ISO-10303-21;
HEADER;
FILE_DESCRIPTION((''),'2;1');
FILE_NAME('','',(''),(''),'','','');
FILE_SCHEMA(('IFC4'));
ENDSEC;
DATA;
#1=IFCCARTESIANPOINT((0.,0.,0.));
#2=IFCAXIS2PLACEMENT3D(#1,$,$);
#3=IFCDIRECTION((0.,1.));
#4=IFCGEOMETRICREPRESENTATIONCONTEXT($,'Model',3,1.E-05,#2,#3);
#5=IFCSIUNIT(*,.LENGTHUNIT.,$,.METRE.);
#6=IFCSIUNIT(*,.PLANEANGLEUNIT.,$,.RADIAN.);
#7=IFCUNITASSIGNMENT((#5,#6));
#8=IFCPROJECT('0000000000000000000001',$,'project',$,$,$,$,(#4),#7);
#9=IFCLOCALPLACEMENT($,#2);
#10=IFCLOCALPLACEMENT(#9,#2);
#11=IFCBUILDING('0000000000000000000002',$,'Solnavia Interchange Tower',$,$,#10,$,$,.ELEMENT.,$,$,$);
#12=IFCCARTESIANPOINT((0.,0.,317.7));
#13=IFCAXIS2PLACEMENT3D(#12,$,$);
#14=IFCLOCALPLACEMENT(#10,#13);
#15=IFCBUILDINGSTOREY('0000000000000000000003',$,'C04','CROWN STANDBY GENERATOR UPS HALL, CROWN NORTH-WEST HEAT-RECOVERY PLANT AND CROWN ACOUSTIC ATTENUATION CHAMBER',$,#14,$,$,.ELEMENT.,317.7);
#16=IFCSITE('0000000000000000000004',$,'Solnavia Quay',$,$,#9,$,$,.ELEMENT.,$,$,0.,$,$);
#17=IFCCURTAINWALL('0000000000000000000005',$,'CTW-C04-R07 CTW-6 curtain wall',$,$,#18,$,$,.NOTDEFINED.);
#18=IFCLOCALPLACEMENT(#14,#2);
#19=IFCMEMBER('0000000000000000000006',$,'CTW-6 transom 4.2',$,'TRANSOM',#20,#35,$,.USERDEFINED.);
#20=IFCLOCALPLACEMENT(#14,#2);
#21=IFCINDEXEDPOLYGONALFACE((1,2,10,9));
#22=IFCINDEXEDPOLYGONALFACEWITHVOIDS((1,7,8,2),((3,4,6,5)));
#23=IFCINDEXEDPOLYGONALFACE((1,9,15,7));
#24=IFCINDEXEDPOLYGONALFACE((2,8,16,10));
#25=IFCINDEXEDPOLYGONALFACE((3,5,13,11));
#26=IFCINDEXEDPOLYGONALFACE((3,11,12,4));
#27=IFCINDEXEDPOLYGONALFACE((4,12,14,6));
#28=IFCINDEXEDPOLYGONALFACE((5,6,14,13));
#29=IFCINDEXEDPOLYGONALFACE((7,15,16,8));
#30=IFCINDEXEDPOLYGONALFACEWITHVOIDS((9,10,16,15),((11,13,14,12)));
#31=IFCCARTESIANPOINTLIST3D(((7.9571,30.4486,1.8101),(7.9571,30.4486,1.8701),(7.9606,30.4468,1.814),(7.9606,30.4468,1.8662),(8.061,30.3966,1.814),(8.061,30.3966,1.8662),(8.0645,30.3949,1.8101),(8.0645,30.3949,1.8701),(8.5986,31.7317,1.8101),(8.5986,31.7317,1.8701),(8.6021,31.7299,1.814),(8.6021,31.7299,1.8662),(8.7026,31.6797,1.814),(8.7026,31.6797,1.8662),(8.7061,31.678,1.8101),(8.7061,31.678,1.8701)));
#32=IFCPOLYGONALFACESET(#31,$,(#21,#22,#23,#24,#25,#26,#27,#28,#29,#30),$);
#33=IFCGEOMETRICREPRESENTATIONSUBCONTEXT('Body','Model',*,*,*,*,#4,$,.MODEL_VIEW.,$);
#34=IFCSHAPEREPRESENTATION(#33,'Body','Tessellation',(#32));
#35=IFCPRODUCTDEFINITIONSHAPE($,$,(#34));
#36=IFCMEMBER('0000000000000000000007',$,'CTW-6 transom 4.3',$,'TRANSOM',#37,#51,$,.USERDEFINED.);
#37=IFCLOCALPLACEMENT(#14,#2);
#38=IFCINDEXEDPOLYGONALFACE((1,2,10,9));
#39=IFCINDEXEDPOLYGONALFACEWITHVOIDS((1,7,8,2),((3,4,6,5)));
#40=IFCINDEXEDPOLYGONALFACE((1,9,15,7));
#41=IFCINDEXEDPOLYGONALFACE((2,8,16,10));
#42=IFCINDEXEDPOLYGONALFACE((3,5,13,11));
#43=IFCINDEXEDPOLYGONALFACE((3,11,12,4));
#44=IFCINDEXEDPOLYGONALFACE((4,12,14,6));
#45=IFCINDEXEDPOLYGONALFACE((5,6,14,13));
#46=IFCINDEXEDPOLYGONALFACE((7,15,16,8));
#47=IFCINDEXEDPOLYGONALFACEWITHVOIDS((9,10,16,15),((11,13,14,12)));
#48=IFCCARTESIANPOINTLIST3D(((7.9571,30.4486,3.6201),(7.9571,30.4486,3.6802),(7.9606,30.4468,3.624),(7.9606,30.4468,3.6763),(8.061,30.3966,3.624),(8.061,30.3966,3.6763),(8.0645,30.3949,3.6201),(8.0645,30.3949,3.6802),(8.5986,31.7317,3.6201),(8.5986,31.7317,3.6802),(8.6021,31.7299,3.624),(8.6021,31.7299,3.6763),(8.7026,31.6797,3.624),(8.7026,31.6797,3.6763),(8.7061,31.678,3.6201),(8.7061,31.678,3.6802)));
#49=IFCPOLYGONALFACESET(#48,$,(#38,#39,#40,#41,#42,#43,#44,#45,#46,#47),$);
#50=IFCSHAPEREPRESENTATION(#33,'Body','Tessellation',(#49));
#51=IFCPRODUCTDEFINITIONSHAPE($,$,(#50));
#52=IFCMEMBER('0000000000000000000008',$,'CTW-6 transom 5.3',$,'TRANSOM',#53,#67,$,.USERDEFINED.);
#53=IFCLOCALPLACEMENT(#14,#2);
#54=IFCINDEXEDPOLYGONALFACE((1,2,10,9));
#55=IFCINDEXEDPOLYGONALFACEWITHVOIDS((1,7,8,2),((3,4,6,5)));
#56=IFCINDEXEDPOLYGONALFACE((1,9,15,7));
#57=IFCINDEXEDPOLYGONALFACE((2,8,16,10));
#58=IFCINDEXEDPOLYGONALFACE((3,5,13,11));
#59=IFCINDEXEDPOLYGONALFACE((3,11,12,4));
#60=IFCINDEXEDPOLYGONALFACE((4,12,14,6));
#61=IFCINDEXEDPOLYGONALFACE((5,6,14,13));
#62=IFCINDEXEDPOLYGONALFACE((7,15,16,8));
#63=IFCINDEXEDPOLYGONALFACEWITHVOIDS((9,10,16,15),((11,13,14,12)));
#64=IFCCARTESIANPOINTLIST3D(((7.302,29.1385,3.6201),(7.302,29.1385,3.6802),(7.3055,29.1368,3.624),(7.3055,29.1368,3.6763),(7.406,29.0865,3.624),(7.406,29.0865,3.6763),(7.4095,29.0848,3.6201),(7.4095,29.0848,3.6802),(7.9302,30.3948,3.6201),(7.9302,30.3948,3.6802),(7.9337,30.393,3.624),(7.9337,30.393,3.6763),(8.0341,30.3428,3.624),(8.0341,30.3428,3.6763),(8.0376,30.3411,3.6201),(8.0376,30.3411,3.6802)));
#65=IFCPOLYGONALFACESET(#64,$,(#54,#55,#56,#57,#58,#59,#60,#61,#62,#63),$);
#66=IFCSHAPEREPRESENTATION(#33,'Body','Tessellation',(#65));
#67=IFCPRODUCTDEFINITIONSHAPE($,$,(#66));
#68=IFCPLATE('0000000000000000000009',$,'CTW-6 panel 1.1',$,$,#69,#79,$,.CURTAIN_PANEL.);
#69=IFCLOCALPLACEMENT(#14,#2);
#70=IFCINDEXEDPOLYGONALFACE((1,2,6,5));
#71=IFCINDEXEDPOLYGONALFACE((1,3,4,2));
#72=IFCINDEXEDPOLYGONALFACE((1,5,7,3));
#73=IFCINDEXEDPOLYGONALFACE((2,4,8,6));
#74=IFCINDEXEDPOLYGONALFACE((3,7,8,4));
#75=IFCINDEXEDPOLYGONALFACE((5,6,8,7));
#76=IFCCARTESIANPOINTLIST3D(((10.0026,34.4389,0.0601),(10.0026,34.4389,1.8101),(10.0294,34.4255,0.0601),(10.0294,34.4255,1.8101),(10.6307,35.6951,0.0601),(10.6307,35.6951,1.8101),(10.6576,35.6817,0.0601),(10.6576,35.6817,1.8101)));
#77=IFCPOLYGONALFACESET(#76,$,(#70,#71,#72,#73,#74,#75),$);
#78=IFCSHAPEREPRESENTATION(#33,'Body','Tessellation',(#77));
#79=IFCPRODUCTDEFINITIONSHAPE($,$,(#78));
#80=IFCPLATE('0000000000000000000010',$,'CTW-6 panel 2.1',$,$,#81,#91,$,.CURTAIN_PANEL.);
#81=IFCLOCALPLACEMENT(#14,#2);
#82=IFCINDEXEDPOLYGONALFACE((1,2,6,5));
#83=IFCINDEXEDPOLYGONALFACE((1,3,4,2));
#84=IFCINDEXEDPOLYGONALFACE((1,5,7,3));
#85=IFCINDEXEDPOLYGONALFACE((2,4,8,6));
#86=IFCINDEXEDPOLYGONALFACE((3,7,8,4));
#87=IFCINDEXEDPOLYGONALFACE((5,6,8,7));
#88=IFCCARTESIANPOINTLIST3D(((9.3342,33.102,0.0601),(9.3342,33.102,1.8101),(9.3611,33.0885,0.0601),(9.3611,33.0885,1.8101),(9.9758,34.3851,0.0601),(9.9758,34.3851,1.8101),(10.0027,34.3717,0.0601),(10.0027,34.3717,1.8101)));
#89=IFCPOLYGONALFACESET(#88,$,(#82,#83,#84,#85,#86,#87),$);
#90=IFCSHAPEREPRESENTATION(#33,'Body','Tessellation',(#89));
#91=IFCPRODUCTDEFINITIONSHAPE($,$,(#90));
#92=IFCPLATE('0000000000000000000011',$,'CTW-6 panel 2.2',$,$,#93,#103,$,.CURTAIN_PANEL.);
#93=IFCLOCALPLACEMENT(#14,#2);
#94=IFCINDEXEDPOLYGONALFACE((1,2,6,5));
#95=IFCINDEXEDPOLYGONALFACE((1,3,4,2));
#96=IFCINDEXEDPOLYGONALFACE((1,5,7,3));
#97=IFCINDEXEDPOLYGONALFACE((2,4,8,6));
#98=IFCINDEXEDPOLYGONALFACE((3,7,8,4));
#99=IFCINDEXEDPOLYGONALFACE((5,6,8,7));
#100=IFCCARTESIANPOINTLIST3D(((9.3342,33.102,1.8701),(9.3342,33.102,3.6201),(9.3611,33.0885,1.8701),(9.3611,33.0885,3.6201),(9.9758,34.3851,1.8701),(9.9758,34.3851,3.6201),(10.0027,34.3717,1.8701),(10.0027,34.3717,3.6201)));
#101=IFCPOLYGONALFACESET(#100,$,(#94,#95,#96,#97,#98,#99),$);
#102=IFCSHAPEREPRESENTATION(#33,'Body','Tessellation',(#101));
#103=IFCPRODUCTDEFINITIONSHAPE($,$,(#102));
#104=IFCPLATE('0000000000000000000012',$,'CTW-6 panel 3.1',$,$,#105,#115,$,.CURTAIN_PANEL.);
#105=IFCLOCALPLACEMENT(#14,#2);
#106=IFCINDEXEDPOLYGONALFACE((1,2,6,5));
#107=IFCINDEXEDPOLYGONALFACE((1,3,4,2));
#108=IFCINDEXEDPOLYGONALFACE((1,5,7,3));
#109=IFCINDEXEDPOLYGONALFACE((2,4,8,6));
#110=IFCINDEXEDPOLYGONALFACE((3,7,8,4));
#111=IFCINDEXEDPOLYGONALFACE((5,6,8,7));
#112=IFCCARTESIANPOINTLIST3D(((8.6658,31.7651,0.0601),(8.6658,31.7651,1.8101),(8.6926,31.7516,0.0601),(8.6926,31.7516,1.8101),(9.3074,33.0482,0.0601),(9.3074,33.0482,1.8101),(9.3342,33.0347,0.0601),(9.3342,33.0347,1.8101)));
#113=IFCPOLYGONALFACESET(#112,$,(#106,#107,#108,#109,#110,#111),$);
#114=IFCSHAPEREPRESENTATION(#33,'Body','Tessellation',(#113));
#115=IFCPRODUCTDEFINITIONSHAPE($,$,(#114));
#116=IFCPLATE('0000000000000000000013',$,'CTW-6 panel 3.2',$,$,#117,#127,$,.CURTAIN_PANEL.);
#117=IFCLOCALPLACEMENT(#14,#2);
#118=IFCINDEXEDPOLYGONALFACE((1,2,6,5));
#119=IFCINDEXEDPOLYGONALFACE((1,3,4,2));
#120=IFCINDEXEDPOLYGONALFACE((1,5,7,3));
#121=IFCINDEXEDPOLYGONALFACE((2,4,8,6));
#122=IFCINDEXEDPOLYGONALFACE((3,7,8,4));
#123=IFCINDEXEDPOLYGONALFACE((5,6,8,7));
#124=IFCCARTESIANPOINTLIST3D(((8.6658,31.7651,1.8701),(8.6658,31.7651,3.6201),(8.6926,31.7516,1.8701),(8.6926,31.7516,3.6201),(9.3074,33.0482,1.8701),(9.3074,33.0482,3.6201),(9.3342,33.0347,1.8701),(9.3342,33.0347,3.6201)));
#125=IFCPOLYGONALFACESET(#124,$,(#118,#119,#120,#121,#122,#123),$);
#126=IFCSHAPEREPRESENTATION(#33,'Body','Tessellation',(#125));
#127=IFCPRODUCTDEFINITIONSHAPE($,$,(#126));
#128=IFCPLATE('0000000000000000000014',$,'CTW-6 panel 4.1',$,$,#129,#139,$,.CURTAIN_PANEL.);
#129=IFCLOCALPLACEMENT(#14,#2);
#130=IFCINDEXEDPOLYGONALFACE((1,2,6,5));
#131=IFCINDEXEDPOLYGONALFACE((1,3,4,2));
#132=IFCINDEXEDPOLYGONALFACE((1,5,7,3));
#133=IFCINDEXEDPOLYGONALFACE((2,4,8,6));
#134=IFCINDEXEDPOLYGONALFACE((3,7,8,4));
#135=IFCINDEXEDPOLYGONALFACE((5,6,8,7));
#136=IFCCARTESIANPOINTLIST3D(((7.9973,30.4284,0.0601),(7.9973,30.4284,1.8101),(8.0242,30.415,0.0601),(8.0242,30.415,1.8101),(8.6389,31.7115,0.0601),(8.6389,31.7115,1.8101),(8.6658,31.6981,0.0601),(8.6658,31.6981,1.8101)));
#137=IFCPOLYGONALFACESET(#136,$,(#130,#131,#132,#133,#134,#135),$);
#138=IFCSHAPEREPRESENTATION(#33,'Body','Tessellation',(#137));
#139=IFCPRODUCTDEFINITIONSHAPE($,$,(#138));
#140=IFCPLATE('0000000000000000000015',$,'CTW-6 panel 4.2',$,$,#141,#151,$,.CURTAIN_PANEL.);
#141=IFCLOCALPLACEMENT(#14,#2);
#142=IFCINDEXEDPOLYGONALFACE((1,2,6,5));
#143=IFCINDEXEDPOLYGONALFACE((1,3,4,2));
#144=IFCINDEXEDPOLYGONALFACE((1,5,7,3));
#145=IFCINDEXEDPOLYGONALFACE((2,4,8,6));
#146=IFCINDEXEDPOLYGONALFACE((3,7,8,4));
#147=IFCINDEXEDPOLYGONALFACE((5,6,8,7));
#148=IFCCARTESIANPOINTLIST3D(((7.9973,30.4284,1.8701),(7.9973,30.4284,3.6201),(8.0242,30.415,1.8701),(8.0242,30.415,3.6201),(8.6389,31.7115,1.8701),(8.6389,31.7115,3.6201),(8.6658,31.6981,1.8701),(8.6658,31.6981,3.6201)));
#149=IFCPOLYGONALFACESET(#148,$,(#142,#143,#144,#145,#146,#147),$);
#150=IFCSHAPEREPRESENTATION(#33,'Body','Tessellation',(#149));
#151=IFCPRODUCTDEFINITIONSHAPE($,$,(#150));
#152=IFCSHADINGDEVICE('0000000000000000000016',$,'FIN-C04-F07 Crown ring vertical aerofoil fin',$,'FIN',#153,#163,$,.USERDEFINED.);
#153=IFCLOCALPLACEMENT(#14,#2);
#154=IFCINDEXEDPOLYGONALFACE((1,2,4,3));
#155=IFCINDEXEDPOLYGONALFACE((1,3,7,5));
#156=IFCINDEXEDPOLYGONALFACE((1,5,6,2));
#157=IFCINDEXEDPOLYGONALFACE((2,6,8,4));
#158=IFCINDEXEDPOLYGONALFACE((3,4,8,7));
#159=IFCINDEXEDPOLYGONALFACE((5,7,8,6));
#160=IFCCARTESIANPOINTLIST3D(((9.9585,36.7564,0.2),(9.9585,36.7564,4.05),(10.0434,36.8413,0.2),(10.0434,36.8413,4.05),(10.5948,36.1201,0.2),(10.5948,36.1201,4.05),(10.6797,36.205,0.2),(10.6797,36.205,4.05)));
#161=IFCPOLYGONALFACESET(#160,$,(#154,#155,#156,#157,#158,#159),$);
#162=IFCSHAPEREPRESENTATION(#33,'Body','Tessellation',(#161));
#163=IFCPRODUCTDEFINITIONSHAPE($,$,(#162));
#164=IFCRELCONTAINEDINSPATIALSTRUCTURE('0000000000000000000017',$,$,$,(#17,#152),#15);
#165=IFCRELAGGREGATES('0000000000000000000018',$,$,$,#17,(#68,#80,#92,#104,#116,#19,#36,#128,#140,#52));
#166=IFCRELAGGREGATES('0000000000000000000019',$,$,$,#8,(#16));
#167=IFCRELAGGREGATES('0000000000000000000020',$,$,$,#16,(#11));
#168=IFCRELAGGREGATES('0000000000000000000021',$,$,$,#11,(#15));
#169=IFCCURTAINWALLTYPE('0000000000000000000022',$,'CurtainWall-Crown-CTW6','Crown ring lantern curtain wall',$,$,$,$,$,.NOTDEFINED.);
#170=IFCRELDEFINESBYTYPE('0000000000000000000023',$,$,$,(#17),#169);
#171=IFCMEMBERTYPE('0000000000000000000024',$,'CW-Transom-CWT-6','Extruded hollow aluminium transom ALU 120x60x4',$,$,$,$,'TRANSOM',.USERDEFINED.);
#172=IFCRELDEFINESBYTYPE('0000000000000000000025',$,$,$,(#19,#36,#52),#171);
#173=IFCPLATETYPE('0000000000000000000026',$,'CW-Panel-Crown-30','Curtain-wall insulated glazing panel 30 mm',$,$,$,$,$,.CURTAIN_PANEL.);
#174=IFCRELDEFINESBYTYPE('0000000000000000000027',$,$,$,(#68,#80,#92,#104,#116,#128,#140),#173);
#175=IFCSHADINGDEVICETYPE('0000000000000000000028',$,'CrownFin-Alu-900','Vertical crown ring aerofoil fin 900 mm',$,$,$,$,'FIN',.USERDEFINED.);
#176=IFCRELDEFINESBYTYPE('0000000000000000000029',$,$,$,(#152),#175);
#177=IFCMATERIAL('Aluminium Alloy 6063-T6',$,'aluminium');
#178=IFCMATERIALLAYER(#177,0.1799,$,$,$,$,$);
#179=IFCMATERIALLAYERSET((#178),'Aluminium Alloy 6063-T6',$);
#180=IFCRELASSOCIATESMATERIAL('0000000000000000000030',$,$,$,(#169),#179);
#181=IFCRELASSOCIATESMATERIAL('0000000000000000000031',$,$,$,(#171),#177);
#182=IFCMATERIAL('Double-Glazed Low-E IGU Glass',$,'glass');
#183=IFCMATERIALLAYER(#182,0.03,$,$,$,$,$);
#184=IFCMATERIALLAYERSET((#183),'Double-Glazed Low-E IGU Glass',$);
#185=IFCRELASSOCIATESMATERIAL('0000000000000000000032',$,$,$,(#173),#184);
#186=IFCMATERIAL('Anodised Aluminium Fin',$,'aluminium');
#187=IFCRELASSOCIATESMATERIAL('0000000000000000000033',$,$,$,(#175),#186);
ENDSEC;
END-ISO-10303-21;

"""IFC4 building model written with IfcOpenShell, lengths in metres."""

from ifc_helpers import new_model, si_unit, direction, frame, origin, origin_2d, place, context, subcontext, project, spatial, rectangle, hollow_rectangle, extrude, material, layer, layer_set, material_profile, profile_set, type_object, element, aggregate, save


model = new_model("IFC4")

# Units and contexts
model_context = context("Model", 3, precision=1e-05, world=origin(), true_north=direction((0.0, 1.0)))
body_context = subcontext(model_context, "Body", "Model", "MODEL_VIEW")
ifc_project = project(units=[si_unit("LENGTHUNIT", "METRE"), si_unit("PLANEANGLEUNIT", "RADIAN")], contexts=[model_context])

# Site, building, storey
site_placement = place(None, origin())
site = spatial("IfcSite", under=ifc_project, at=site_placement, Name="Solnavia Quay", CompositionType="ELEMENT", RefElevation=0.0)
building_placement = place(site_placement, origin())
building = spatial("IfcBuilding", under=site, at=building_placement, Name="Solnavia Interchange Tower", CompositionType="ELEMENT")
storey_placement = place(building_placement, frame((0.0, 0.0, 317.7)))
storey = spatial("IfcBuildingStorey", under=building, at=storey_placement, Name="C04", Description="CROWN STANDBY GENERATOR UPS HALL, CROWN NORTH-WEST HEAT-RECOVERY PLANT AND CROWN ACOUSTIC ATTENUATION CHAMBER", CompositionType="ELEMENT", Elevation=317.7)

# Curtain wall, members, plates
ifc_material_1 = material(Name="Aluminium Alloy 6063-T6", Category="aluminium")
ifc_layer_1 = layer(ifc_material_1, 0.1799)
ifc_layer_set_1 = layer_set([ifc_layer_1], Name="Aluminium Alloy 6063-T6")
curtain_wall_type = type_object("IfcCurtainWallType", Name="CurtainWall-Crown-CTW6", Description="Crown ring lantern curtain wall", PredefinedType="NOTDEFINED", material=ifc_layer_set_1)
curtain_wall_placement = place(storey_placement, origin())
curtain_wall = element("IfcCurtainWall", 1, at=curtain_wall_placement, inside=storey, type_object=curtain_wall_type, Name="CTW-C04-R07 CTW-6 curtain wall", PredefinedType="NOTDEFINED")
ifc_material_profile_1 = material_profile(ifc_material_1, hollow_rectangle(XDim=0.0601, YDim=0.1201, WallThickness=0.0039, at=origin_2d()), Name="ALU 120x60x4")
ifc_profile_set_1 = profile_set([ifc_material_profile_1], Name="Aluminium Alloy 6063-T6")
member_type_1 = type_object("IfcMemberType", Name="CW-Transom-CWT-6", Description="Extruded hollow aluminium transom ALU 120x60x4", ElementType="TRANSOM", PredefinedType="USERDEFINED", material=ifc_profile_set_1)
member_1_placement = place(storey_placement, frame((8.6523, 31.7048, 1.8401), z_axis=(-0.447214, -0.894427, 0.0), x_axis=(0.0, 0.0, 1.0)))
member_1 = element("IfcMember", 2, at=member_1_placement, type_object=member_type_1, Name="CTW-6 transom 4.2", ObjectType="TRANSOM", PredefinedType="USERDEFINED", context=body_context, shape_type="SweptSolid", body=[
    extrude(hollow_rectangle(XDim=0.0601, YDim=0.1201, WallThickness=0.0039, at=origin_2d()), origin(), (0.0, 0.0, 1.0), 1.4346),
])
member_2_placement = place(storey_placement, frame((8.6523, 31.7048, 3.6501), z_axis=(-0.447214, -0.894427, 0.0), x_axis=(0.0, 0.0, 1.0)))
member_2 = element("IfcMember", 3, at=member_2_placement, type_object=member_type_1, Name="CTW-6 transom 4.3", ObjectType="TRANSOM", PredefinedType="USERDEFINED", context=body_context, shape_type="SweptSolid", body=[
    extrude(hollow_rectangle(XDim=0.0601, YDim=0.1201, WallThickness=0.0039, at=origin_2d()), origin(), (0.0, 0.0, 1.0), 1.4346),
])
member_3_placement = place(storey_placement, frame((7.9839, 30.3679, 3.6501), z_axis=(-0.447214, -0.894427, 0.0), x_axis=(0.0, 0.0, 1.0)))
member_3 = element("IfcMember", 4, at=member_3_placement, type_object=member_type_1, Name="CTW-6 transom 5.3", ObjectType="TRANSOM", PredefinedType="USERDEFINED", context=body_context, shape_type="SweptSolid", body=[
    extrude(hollow_rectangle(XDim=0.0601, YDim=0.1201, WallThickness=0.0039, at=origin_2d()), origin(), (0.0, 0.0, 1.0), 1.4045),
])
ifc_material_2 = material(Name="Double-Glazed Low-E IGU Glass", Category="glass")
ifc_layer_2 = layer(ifc_material_2, 0.03)
ifc_layer_set_2 = layer_set([ifc_layer_2], Name="Double-Glazed Low-E IGU Glass")
plate_type = type_object("IfcPlateType", Name="CW-Panel-Crown-30", Description="Curtain-wall insulated glazing panel 30 mm", PredefinedType="CURTAIN_PANEL", material=ifc_layer_set_2)
plate_1_placement = place(storey_placement, frame((10.3301, 35.0603, 0.0601), z_axis=(0.0, 0.0, 1.0), x_axis=(-0.447214, -0.894427, 0.0)))
plate_1 = element("IfcPlate", 5, at=plate_1_placement, type_object=plate_type, Name="CTW-6 panel 1.1", PredefinedType="CURTAIN_PANEL", context=body_context, shape_type="SweptSolid", body=[
    extrude(rectangle(XDim=1.4045, YDim=0.03, at=origin_2d()), origin(), (0.0, 0.0, 1.0), 1.75),
])
plate_2_placement = place(storey_placement, frame((9.6685, 33.7368, 0.0601), z_axis=(0.0, 0.0, 1.0), x_axis=(-0.447214, -0.894427, 0.0)))
plate_2 = element("IfcPlate", 6, at=plate_2_placement, type_object=plate_type, Name="CTW-6 panel 2.1", PredefinedType="CURTAIN_PANEL", context=body_context, shape_type="SweptSolid", body=[
    extrude(rectangle(XDim=1.4346, YDim=0.03, at=origin_2d()), origin(), (0.0, 0.0, 1.0), 1.75),
])
plate_3_placement = place(storey_placement, frame((9.6685, 33.7368, 1.8701), z_axis=(0.0, 0.0, 1.0), x_axis=(-0.447214, -0.894427, 0.0)))
plate_3 = element("IfcPlate", 7, at=plate_3_placement, type_object=plate_type, Name="CTW-6 panel 2.2", PredefinedType="CURTAIN_PANEL", context=body_context, shape_type="SweptSolid", body=[
    extrude(rectangle(XDim=1.4346, YDim=0.03, at=origin_2d()), origin(), (0.0, 0.0, 1.0), 1.75),
])
plate_4_placement = place(storey_placement, frame((9.0, 32.3999, 0.0601), z_axis=(0.0, 0.0, 1.0), x_axis=(-0.447214, -0.894427, 0.0)))
plate_4 = element("IfcPlate", 8, at=plate_4_placement, type_object=plate_type, Name="CTW-6 panel 3.1", PredefinedType="CURTAIN_PANEL", context=body_context, shape_type="SweptSolid", body=[
    extrude(rectangle(XDim=1.4346, YDim=0.03, at=origin_2d()), origin(), (0.0, 0.0, 1.0), 1.75),
])
plate_5_placement = place(storey_placement, frame((9.0, 32.3999, 1.8701), z_axis=(0.0, 0.0, 1.0), x_axis=(-0.447214, -0.894427, 0.0)))
plate_5 = element("IfcPlate", 9, at=plate_5_placement, type_object=plate_type, Name="CTW-6 panel 3.2", PredefinedType="CURTAIN_PANEL", context=body_context, shape_type="SweptSolid", body=[
    extrude(rectangle(XDim=1.4346, YDim=0.03, at=origin_2d()), origin(), (0.0, 0.0, 1.0), 1.75),
])
plate_6_placement = place(storey_placement, frame((8.3315, 31.0632, 0.0601), z_axis=(0.0, 0.0, 1.0), x_axis=(-0.447214, -0.894427, 0.0)))
plate_6 = element("IfcPlate", 10, at=plate_6_placement, type_object=plate_type, Name="CTW-6 panel 4.1", PredefinedType="CURTAIN_PANEL", context=body_context, shape_type="SweptSolid", body=[
    extrude(rectangle(XDim=1.4346, YDim=0.03, at=origin_2d()), origin(), (0.0, 0.0, 1.0), 1.75),
])
plate_7_placement = place(storey_placement, frame((8.3315, 31.0632, 1.8701), z_axis=(0.0, 0.0, 1.0), x_axis=(-0.447214, -0.894427, 0.0)))
plate_7 = element("IfcPlate", 11, at=plate_7_placement, type_object=plate_type, Name="CTW-6 panel 4.2", PredefinedType="CURTAIN_PANEL", context=body_context, shape_type="SweptSolid", body=[
    extrude(rectangle(XDim=1.4346, YDim=0.03, at=origin_2d()), origin(), (0.0, 0.0, 1.0), 1.75),
])
aggregate(curtain_wall, [plate_1, plate_2, plate_3, plate_4, plate_5, member_1, member_2, plate_6, plate_7, member_3])

# Shading device
ifc_material_3 = material(Name="Anodised Aluminium Fin", Category="aluminium")
shading_device_type = type_object("IfcShadingDeviceType", Name="CrownFin-Alu-900", Description="Vertical crown ring aerofoil fin 900 mm", ElementType="FIN", PredefinedType="USERDEFINED", material=ifc_material_3)
shading_device_placement = place(storey_placement, frame((10.3191, 36.4807, 0.2), z_axis=(0.0, 0.0, 1.0), x_axis=(-0.707107, 0.707107, 0.0)))
element("IfcShadingDevice", 12, at=shading_device_placement, inside=storey, type_object=shading_device_type, Name="FIN-C04-F07 Crown ring vertical aerofoil fin", ObjectType="FIN", PredefinedType="USERDEFINED", context=body_context, shape_type="SweptSolid", body=[
    extrude(rectangle(XDim=0.8999, YDim=0.1201, at=origin_2d()), origin(), (0.0, 0.0, 1.0), 3.8501),
])

save(model, "model.ifc")
